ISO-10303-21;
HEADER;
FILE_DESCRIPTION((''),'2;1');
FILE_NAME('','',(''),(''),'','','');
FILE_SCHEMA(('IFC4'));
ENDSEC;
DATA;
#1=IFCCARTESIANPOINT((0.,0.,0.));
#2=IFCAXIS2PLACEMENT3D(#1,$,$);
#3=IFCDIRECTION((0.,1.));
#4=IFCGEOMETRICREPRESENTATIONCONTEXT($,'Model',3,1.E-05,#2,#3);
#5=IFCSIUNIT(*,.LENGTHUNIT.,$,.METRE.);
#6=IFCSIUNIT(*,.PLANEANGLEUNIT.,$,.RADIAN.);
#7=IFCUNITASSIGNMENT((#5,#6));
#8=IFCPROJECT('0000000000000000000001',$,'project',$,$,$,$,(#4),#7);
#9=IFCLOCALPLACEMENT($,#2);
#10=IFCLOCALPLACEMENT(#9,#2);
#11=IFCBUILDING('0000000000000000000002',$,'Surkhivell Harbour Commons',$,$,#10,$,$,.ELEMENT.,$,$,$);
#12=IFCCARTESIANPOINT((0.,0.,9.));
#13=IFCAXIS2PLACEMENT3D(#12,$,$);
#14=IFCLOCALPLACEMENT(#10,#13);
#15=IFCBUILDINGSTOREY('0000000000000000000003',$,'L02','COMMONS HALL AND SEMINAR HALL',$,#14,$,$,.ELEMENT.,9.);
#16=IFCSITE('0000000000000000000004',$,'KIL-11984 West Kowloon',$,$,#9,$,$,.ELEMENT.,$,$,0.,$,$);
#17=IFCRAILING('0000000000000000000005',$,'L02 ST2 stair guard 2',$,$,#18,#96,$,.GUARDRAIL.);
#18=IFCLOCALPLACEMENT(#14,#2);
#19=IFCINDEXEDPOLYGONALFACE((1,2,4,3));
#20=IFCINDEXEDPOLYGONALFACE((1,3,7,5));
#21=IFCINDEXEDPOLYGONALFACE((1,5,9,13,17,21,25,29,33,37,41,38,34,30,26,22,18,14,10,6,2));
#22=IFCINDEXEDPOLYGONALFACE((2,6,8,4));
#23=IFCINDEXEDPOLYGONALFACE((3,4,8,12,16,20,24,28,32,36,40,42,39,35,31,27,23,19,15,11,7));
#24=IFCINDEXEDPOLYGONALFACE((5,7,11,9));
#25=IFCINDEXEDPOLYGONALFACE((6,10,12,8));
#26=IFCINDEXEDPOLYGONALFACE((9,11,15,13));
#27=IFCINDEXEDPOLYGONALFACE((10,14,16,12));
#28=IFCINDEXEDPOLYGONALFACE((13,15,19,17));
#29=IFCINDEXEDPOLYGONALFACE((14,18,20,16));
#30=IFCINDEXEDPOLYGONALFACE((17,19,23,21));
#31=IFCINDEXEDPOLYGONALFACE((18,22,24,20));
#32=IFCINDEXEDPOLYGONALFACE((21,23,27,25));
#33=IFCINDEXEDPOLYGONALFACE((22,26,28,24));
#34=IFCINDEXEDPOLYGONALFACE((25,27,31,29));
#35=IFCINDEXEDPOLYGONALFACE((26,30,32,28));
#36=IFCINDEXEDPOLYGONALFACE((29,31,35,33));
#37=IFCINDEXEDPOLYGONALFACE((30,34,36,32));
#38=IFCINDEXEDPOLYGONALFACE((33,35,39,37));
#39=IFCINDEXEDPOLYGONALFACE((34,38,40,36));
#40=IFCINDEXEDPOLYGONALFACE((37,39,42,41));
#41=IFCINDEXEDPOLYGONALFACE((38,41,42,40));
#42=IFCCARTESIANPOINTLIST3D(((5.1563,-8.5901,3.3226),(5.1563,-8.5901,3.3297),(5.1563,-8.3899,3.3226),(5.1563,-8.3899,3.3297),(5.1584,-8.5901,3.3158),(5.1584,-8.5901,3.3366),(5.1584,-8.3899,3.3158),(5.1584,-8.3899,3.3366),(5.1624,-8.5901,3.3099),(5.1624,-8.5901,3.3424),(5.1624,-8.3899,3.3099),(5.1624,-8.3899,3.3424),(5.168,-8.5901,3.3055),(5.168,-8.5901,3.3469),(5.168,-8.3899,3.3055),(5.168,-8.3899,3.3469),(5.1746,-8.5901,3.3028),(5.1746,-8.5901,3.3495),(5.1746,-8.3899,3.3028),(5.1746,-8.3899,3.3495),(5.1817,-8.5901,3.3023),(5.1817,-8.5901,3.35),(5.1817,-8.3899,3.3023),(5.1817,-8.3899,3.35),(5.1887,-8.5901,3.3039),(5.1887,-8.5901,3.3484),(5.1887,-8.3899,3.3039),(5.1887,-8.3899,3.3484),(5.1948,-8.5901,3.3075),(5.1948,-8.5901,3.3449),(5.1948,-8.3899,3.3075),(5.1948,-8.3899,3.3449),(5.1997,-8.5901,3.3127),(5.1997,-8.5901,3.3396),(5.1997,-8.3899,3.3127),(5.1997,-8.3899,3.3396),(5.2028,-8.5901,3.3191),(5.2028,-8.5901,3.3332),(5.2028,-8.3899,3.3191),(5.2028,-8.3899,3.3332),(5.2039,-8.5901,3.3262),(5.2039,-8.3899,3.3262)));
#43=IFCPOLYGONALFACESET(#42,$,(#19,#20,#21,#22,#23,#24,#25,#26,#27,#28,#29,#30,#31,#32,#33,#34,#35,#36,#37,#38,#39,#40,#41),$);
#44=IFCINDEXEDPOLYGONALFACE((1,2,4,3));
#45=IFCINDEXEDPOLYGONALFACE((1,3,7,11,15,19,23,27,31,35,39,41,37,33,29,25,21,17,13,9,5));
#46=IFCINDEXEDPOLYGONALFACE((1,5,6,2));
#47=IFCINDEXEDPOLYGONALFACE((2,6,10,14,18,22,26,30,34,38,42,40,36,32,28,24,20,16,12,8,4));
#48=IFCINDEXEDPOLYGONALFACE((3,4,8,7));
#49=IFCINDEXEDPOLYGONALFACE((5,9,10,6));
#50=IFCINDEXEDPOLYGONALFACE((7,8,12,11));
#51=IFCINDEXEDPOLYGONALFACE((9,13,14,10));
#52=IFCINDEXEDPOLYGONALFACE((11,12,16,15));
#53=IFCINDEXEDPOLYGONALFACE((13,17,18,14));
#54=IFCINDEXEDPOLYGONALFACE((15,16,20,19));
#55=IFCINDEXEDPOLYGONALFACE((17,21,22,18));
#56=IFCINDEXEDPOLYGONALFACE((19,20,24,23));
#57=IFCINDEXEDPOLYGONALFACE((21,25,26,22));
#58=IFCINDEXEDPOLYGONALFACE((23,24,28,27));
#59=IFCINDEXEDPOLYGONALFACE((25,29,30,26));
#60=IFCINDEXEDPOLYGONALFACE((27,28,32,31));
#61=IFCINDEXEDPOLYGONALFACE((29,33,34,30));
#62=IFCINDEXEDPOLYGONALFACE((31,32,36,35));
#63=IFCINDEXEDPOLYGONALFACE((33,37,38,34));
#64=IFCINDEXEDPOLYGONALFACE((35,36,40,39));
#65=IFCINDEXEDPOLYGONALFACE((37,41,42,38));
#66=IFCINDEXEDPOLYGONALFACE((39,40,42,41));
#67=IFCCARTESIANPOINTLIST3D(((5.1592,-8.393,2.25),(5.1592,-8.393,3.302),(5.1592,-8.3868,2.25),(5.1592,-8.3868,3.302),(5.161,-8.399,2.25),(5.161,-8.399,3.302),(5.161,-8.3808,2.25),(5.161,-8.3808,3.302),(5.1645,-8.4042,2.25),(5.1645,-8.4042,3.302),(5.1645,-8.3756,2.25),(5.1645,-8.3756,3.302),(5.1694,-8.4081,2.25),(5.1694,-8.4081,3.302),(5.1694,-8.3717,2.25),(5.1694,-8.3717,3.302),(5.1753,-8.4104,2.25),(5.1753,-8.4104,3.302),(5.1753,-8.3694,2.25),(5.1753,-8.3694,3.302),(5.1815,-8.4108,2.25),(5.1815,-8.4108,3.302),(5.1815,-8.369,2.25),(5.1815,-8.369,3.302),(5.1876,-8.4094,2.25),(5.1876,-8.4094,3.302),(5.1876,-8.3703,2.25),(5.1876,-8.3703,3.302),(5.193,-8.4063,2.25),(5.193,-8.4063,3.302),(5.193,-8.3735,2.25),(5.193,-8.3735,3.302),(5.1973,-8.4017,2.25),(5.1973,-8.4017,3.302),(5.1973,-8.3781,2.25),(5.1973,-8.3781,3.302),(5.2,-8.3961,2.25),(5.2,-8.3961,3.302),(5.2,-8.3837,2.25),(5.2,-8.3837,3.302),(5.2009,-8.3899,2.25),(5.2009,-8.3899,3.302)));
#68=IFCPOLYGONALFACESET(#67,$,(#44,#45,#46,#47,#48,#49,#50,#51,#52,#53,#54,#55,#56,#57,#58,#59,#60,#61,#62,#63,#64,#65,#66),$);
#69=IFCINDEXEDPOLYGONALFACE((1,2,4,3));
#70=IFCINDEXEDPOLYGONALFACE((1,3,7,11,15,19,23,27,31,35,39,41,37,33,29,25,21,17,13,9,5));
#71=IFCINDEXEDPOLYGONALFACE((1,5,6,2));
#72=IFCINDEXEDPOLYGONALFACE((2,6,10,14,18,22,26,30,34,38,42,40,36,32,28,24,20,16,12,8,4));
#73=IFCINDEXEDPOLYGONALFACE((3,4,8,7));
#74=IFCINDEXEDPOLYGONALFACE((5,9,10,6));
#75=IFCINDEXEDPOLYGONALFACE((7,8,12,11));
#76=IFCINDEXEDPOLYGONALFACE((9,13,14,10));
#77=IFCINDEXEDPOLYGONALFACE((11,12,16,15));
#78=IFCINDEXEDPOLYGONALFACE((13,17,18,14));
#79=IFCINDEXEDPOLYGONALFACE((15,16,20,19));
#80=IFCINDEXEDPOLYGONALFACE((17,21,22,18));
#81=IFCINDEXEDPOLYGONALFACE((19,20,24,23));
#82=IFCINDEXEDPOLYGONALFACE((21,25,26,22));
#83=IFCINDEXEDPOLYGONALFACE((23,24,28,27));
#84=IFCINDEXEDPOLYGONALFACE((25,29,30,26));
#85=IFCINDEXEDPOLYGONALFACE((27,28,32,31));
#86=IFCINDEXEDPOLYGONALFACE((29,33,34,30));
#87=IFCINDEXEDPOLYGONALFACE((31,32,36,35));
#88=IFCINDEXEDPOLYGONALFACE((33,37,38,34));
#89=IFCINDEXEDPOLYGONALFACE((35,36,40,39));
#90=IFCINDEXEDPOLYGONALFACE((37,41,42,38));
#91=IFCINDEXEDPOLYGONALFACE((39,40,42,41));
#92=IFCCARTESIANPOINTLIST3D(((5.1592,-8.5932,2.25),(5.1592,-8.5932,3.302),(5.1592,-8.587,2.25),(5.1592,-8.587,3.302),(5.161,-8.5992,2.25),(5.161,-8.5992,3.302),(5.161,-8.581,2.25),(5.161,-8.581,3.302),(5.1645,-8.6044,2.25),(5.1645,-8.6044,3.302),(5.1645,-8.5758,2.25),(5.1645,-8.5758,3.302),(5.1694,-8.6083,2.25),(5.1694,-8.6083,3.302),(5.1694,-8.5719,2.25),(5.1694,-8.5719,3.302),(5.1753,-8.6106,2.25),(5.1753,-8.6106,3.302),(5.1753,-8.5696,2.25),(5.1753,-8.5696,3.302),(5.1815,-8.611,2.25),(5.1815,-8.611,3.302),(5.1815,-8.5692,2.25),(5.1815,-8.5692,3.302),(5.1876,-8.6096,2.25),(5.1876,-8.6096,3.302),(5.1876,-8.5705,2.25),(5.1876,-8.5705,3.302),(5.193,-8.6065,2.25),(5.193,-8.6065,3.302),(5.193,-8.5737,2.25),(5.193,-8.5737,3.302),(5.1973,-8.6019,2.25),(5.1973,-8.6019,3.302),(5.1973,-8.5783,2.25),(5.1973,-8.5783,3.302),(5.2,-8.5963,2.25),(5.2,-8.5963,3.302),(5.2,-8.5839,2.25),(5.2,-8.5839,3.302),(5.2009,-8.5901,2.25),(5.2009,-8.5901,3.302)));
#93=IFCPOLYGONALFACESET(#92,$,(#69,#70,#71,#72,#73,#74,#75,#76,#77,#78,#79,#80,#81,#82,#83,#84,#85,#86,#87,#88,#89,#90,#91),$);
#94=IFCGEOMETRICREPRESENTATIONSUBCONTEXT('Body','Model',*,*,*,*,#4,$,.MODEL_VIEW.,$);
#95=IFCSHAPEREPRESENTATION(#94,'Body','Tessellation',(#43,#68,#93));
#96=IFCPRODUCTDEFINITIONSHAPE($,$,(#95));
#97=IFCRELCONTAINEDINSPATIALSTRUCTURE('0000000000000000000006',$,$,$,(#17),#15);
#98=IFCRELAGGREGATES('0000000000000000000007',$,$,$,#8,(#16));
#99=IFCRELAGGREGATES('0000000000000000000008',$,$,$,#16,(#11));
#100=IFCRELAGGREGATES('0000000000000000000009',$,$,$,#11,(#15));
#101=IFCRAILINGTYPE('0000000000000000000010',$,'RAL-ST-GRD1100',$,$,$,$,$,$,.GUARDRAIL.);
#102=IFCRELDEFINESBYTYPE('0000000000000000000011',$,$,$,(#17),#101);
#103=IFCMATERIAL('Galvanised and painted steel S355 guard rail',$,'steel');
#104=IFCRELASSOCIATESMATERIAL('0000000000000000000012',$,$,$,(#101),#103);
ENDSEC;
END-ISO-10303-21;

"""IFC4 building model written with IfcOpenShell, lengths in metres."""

from ifc_helpers import new_model, si_unit, direction, frame, origin, origin_2d, place, context, subcontext, project, spatial, circle, extrude, material, type_object, element, save


model = new_model("IFC4")

# Units and contexts
model_context = context("Model", 3, precision=1e-05, world=origin(), true_north=direction((0.0, 1.0)))
body_context = subcontext(model_context, "Body", "Model", "MODEL_VIEW")
ifc_project = project(units=[si_unit("LENGTHUNIT", "METRE"), si_unit("PLANEANGLEUNIT", "RADIAN")], contexts=[model_context])

# Site, building, storey
site_placement = place(None, origin())
site = spatial("IfcSite", under=ifc_project, at=site_placement, Name="KIL-11984 West Kowloon", CompositionType="ELEMENT", RefElevation=0.0)
building_placement = place(site_placement, origin())
building = spatial("IfcBuilding", under=site, at=building_placement, Name="Surkhivell Harbour Commons", CompositionType="ELEMENT")
storey_placement = place(building_placement, frame((0.0, 0.0, 9.0)))
storey = spatial("IfcBuildingStorey", under=building, at=storey_placement, Name="L02", Description="COMMONS HALL AND SEMINAR HALL", CompositionType="ELEMENT", Elevation=9.0)

# Railing
ifc_material_1 = material(Name="Galvanised and painted steel S355 guard rail", Category="steel")
railing_type_1 = type_object("IfcRailingType", Name="RAL-ST-GRD1100", PredefinedType="GUARDRAIL", material=ifc_material_1)
railing_1_placement = place(storey_placement, frame((5.1799, -8.3899, 2.25)))
element("IfcRailing", 1, at=railing_1_placement, inside=storey, type_object=railing_type_1, Name="L02 ST2 stair guard 2", PredefinedType="GUARDRAIL", context=body_context, shape_type="SweptSolid", body=[
    extrude(circle(Radius=0.0239, at=origin_2d()), frame((0.0, 0.0, 1.0762), z_axis=(0.0, -1.0, 0.0), x_axis=(1.0, 0.0, 0.0)), (0.0, 0.0, 1.0), 0.2002),
    extrude(circle(Radius=0.021, at=origin_2d()), origin(), (0.0, 0.0, 1.0), 1.052),
    extrude(circle(Radius=0.021, at=origin_2d()), frame((0.0, -0.2002, 0.0)), (0.0, 0.0, 1.0), 1.052),
])

save(model, "model.ifc")
